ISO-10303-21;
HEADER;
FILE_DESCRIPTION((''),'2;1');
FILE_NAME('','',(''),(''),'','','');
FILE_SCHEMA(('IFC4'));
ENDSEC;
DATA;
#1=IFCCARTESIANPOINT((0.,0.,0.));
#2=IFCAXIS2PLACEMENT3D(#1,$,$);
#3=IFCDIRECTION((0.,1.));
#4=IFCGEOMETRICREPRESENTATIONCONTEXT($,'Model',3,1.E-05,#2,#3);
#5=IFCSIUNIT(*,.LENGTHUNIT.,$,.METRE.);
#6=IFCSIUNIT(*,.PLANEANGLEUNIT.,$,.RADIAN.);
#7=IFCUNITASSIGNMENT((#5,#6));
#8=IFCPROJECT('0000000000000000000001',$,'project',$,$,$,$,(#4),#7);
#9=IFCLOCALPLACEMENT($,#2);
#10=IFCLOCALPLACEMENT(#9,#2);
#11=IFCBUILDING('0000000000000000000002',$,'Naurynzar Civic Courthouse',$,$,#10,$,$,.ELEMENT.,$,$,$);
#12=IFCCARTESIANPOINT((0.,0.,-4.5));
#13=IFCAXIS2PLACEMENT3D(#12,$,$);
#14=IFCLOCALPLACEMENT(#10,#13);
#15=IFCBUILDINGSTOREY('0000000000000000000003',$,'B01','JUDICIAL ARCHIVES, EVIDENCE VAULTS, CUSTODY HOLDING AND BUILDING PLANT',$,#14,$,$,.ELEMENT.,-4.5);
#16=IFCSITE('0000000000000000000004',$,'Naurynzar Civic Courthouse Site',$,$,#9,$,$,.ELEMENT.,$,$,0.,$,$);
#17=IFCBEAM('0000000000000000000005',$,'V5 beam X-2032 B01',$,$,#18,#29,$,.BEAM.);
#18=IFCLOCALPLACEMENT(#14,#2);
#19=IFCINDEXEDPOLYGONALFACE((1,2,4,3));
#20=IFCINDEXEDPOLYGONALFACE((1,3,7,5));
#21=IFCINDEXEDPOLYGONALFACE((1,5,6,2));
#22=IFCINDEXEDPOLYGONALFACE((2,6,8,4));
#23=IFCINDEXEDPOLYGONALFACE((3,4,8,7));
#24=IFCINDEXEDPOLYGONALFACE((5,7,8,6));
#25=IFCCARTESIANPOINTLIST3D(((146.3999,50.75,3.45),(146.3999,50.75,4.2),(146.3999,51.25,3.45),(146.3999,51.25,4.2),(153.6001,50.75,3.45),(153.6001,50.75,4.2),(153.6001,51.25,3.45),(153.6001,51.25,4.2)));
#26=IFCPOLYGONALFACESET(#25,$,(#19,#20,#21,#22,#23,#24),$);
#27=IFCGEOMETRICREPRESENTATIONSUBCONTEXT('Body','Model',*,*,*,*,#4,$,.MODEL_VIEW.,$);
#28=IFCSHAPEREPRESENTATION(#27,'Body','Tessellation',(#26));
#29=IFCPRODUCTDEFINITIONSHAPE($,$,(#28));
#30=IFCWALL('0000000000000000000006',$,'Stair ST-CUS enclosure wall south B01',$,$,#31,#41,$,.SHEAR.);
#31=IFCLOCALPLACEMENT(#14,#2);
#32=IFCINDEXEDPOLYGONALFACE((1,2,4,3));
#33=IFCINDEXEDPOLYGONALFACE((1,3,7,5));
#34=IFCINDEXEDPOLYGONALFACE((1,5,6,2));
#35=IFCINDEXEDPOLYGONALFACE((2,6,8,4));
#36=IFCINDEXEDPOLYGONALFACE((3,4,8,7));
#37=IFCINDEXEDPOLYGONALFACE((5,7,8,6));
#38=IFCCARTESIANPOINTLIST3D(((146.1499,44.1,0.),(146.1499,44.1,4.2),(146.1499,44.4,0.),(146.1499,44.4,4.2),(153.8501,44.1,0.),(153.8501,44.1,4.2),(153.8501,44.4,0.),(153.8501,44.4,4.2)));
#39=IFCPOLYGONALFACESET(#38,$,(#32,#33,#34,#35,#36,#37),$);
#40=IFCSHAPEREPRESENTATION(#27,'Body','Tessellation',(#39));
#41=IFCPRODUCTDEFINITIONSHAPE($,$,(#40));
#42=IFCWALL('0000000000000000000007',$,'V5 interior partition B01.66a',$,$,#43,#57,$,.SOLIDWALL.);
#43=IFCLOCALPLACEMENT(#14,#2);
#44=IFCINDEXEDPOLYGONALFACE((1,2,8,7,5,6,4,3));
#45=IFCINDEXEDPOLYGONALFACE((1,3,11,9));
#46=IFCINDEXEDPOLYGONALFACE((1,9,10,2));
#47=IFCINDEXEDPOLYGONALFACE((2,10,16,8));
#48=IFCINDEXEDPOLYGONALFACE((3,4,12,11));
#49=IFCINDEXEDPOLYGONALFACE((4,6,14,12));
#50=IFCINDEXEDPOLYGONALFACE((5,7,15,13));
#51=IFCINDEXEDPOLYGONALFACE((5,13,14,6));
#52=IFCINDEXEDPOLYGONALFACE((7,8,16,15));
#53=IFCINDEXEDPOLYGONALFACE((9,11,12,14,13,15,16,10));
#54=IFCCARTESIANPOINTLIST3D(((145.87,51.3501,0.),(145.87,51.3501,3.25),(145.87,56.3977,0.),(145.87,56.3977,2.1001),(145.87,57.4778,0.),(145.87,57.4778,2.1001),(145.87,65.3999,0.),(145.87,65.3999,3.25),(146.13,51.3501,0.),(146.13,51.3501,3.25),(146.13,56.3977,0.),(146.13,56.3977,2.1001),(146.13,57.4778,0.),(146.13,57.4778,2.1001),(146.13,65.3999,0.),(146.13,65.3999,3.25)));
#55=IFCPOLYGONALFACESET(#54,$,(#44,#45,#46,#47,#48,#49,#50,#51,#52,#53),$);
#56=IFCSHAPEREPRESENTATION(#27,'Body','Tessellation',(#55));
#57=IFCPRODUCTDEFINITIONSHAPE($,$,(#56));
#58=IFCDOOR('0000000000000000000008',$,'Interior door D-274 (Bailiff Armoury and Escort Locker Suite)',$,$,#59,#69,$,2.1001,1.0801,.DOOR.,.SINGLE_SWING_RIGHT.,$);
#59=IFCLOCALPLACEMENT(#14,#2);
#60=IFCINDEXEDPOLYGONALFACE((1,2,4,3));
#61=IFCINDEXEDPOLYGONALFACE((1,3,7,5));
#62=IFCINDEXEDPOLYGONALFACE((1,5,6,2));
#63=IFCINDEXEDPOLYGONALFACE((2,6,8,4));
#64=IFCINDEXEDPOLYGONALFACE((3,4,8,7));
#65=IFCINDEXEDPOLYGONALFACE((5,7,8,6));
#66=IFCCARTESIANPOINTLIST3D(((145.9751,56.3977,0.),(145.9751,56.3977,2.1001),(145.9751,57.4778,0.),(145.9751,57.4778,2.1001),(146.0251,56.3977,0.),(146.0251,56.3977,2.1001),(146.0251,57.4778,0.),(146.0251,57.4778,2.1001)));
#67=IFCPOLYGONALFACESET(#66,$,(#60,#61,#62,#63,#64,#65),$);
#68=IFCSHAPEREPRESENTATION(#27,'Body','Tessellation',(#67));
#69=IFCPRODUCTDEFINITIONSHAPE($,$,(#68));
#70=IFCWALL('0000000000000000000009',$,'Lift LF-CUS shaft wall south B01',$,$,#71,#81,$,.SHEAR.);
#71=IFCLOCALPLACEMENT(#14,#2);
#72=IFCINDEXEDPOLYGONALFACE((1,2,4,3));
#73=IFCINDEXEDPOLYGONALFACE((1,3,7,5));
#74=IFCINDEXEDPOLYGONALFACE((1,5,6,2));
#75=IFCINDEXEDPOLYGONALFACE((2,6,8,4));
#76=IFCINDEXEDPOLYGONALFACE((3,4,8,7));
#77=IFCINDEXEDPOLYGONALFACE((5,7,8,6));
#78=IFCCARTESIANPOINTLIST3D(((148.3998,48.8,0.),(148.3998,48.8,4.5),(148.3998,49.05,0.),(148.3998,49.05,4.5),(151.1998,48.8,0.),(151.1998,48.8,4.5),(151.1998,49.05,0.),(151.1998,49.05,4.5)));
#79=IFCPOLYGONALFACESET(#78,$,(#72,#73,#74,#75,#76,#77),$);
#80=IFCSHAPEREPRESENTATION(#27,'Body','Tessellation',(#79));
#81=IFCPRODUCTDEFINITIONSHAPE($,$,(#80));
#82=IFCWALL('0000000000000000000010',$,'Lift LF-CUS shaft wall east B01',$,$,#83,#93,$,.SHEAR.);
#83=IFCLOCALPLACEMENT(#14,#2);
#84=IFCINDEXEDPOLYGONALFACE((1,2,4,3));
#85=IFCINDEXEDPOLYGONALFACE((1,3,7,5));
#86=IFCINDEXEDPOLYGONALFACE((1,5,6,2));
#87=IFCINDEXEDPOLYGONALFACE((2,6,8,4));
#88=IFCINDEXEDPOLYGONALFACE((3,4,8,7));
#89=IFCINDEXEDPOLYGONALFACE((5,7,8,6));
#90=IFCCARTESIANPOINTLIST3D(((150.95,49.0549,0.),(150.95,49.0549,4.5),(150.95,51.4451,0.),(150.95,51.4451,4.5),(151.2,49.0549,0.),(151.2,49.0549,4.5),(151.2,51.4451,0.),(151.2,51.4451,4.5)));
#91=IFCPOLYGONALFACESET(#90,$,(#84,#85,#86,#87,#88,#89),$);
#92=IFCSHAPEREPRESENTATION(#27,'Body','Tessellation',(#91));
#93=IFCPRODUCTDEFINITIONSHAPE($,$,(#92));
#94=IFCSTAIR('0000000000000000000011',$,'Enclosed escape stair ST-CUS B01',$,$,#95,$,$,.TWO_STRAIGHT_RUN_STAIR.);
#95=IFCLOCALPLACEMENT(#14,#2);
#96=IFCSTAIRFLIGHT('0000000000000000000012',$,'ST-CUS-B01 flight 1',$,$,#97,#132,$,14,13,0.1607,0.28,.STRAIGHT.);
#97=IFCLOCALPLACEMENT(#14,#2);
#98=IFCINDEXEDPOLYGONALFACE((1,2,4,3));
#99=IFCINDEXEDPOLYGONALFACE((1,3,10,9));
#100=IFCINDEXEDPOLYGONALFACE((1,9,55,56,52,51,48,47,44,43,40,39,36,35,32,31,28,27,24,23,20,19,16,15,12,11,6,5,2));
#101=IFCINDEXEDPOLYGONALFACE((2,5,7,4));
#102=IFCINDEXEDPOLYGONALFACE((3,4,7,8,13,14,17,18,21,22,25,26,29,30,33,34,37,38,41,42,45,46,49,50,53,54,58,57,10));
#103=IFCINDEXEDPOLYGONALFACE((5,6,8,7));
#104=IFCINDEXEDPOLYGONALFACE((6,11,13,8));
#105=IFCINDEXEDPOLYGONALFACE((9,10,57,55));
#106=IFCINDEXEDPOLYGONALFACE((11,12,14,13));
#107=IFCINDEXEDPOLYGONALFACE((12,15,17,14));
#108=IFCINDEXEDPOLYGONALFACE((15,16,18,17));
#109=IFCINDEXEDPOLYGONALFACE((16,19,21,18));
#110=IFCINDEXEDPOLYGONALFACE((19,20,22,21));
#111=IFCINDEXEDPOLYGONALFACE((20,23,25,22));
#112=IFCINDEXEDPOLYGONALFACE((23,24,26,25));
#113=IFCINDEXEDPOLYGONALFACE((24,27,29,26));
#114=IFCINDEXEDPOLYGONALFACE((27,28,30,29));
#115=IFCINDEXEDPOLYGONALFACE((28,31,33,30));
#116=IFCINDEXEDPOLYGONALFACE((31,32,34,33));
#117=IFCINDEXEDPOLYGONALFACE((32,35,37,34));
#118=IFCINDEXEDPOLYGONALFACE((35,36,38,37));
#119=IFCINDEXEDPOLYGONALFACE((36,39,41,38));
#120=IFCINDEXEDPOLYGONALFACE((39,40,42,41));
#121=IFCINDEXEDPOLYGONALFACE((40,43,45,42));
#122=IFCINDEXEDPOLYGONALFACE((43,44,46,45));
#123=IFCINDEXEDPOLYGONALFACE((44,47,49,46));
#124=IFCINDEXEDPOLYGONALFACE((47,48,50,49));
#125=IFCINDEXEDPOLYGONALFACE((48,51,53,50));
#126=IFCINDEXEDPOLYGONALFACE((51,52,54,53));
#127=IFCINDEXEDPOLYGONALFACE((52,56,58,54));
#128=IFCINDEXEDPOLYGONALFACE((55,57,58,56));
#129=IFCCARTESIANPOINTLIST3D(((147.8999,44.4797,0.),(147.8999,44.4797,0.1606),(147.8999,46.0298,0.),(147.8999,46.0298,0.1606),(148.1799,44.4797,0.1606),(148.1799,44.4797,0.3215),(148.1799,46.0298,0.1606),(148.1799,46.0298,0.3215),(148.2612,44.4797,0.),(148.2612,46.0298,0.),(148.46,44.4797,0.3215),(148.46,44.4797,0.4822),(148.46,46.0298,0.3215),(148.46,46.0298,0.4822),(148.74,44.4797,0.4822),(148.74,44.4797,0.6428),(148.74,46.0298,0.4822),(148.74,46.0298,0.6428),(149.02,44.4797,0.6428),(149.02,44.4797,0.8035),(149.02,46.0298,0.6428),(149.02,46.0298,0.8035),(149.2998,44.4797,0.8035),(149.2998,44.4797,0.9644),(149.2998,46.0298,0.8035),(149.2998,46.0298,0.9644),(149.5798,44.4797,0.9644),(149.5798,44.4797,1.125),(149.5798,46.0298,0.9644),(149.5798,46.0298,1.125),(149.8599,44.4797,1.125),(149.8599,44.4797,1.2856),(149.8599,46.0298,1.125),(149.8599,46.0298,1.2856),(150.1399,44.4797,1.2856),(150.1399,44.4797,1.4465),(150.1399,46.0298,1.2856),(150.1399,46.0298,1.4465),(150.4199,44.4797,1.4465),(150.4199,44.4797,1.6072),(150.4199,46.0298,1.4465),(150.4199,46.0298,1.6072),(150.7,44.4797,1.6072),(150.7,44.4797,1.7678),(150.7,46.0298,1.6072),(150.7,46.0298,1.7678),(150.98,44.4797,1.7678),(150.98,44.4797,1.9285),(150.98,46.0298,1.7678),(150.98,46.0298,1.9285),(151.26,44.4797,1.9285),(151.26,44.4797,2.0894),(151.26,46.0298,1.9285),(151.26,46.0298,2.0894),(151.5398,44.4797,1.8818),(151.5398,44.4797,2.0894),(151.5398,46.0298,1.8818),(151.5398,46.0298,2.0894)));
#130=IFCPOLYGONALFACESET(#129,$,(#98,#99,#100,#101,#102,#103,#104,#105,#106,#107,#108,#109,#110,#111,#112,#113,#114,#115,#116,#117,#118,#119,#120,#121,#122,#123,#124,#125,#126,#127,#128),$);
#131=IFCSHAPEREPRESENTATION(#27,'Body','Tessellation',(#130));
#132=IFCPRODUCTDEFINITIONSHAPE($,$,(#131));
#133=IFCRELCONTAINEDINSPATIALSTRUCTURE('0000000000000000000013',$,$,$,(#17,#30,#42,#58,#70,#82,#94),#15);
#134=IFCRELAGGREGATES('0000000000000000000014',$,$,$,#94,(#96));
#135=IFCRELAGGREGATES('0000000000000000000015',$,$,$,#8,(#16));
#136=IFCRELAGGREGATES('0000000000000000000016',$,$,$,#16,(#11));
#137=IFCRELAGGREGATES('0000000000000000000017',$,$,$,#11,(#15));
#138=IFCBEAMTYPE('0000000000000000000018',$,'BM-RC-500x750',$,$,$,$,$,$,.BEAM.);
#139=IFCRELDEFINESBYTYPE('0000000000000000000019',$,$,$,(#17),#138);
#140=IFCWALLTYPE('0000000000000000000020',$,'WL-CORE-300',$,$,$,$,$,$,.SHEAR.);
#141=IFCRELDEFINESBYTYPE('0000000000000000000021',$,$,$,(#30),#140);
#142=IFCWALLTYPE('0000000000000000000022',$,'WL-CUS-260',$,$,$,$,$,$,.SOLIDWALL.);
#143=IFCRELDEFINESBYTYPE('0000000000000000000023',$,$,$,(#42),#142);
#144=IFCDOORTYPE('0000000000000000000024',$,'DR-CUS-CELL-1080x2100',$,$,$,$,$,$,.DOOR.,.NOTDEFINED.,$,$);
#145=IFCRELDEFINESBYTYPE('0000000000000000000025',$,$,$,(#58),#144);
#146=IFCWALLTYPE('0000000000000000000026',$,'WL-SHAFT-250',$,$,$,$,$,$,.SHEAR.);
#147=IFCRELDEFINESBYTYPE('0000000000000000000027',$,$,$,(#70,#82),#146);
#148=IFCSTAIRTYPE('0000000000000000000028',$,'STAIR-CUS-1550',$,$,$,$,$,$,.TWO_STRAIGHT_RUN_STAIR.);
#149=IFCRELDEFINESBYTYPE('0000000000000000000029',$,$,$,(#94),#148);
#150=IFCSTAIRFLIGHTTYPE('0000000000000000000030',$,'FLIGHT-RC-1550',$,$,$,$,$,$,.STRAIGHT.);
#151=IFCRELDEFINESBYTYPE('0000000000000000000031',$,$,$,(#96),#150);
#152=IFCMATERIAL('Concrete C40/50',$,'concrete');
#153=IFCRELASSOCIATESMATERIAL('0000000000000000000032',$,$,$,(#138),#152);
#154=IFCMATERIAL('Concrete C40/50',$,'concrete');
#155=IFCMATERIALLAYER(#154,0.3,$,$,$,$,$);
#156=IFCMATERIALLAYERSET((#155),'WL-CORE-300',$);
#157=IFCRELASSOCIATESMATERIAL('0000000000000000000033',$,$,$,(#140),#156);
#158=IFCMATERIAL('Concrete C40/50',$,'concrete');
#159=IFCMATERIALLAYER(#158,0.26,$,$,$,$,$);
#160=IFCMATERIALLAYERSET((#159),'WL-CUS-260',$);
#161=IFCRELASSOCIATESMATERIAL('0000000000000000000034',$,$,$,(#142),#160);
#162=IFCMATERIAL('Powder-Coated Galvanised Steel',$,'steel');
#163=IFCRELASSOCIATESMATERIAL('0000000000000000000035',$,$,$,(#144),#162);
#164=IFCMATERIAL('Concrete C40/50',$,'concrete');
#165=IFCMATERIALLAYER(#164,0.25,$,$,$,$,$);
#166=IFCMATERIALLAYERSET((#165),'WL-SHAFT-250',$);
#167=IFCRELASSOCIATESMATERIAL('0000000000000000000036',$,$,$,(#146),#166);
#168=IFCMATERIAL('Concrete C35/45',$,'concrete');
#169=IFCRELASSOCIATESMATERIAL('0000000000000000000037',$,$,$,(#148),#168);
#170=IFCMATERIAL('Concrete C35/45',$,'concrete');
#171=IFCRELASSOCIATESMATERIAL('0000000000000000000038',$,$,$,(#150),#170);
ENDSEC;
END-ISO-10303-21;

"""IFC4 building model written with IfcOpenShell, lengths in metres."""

from ifc_helpers import new_model, si_unit, direction, frame, frame_2d, origin, origin_2d, place, context, subcontext, project, spatial, polyline, rectangle, outline, extrude, material, layer, layer_set, material_profile, profile_set, type_object, element, fill, aggregate, save


model = new_model("IFC4")

# Units and contexts
model_context = context("Model", 3, precision=1e-05, world=origin(), true_north=direction((0.0, 1.0)))
body_context = subcontext(model_context, "Body", "Model", "MODEL_VIEW")
ifc_project = project(units=[si_unit("LENGTHUNIT", "METRE"), si_unit("PLANEANGLEUNIT", "RADIAN")], contexts=[model_context])

# Site, building, storey
site_placement = place(None, origin())
site = spatial("IfcSite", under=ifc_project, at=site_placement, Name="Naurynzar Civic Courthouse Site", CompositionType="ELEMENT", RefElevation=0.0)
building_placement = place(site_placement, origin())
building = spatial("IfcBuilding", under=site, at=building_placement, Name="Naurynzar Civic Courthouse", CompositionType="ELEMENT")
storey_placement = place(building_placement, frame((0.0, 0.0, -4.5)))
storey = spatial("IfcBuildingStorey", under=building, at=storey_placement, Name="B01", Description="JUDICIAL ARCHIVES, EVIDENCE VAULTS, CUSTODY HOLDING AND BUILDING PLANT", CompositionType="ELEMENT", Elevation=-4.5)

# Beam
ifc_material_1 = material(Name="Concrete C40/50", Category="concrete")
ifc_material_profile_1 = material_profile(ifc_material_1, rectangle(XDim=0.5, YDim=0.75, at=origin_2d()), Name="RCB 500x750")
ifc_profile_set_1 = profile_set([ifc_material_profile_1], Name="Concrete C40/50")
beam_type_1 = type_object("IfcBeamType", Name="BM-RC-500x750", PredefinedType="BEAM", material=ifc_profile_set_1)
for number, where, z_axis, x_axis, name in (
    (1, (146.3999, 51.0, 3.825), (1.0, 0.0, 0.0), (0.0, 1.0, 0.0), "V5 beam X-2032 B01"),
):
    element("IfcBeam", number, at=place(storey_placement, frame(where, z_axis=z_axis, x_axis=x_axis)), inside=storey, type_object=beam_type_1, Name=name, PredefinedType="BEAM", context=body_context, shape_type="SweptSolid", body=[
        extrude(rectangle(XDim=0.5, YDim=0.75, at=origin_2d()), origin(), (0.0, 0.0, 1.0), 7.2002),
    ])

# Wall
ifc_material_2 = material(Name="Concrete C40/50", Category="concrete")
ifc_layer_1 = layer(ifc_material_2, 0.3)
ifc_layer_set_1 = layer_set([ifc_layer_1], Name="WL-CORE-300")
wall_type_1 = type_object("IfcWallType", Name="WL-CORE-300", PredefinedType="SHEAR", material=ifc_layer_set_1)
wall_1_placement = place(storey_placement, frame((146.1499, 44.25, 0.0), z_axis=(0.0, 0.0, 1.0), x_axis=(1.0, 0.0, 0.0)))
element("IfcWall", 2, at=wall_1_placement, inside=storey, type_object=wall_type_1, Name="Stair ST-CUS enclosure wall south B01", PredefinedType="SHEAR", context=body_context, shape_type="SweptSolid", body=[
    extrude(rectangle(XDim=7.7002, YDim=0.3, at=frame_2d((3.8501, 0.0))), origin(), (0.0, 0.0, 1.0), 4.2),
])

# Wall, opening, door
ifc_material_3 = material(Name="Concrete C40/50", Category="concrete")
ifc_layer_2 = layer(ifc_material_3, 0.26)
ifc_layer_set_2 = layer_set([ifc_layer_2], Name="WL-CUS-260")
wall_type_2 = type_object("IfcWallType", Name="WL-CUS-260", PredefinedType="SOLIDWALL", material=ifc_layer_set_2)
wall_2_placement = place(storey_placement, frame((146.0, 51.3501, 0.0), z_axis=(0.0, 0.0, 1.0), x_axis=(0.0, 1.0, 0.0)))
wall_2 = element("IfcWall", 3, at=wall_2_placement, inside=storey, type_object=wall_type_2, Name="V5 interior partition B01.66a", PredefinedType="SOLIDWALL", context=body_context, shape_type="SweptSolid", body=[
    extrude(rectangle(XDim=14.0498, YDim=0.26, at=frame_2d((7.0249, 0.0))), origin(), (0.0, 0.0, 1.0), 3.25),
])
opening_1_placement = place(wall_2_placement, frame((5.0476, 0.0, 0.0)))
opening_1 = element("IfcOpeningElement", 4, at=opening_1_placement, cuts=wall_2, PredefinedType="OPENING", context=body_context, shape_type="SweptSolid", body=[
    extrude(rectangle(XDim=1.0801, YDim=2.1001, at=frame_2d((0.54, 1.05))), frame((0.0, 0.1399, 0.0), z_axis=(0.0, -1.0, 0.0), x_axis=(1.0, 0.0, 0.0)), (0.0, 0.0, 1.0), 0.28),
])
ifc_material_4 = material(Name="Powder-Coated Galvanised Steel", Category="steel")
door_type_1 = type_object("IfcDoorType", Name="DR-CUS-CELL-1080x2100", OperationType="NOTDEFINED", PredefinedType="DOOR", material=ifc_material_4)
door_1_placement = place(opening_1_placement, origin())
door_1 = element("IfcDoor", 5, at=door_1_placement, inside=storey, type_object=door_type_1, Name="Interior door D-274 (Bailiff Armoury and Escort Locker Suite)", OperationType="SINGLE_SWING_RIGHT", OverallHeight=2.1001, OverallWidth=1.0801, PredefinedType="DOOR", context=body_context, shape_type="SweptSolid", body=[
    extrude(rectangle(XDim=1.0801, YDim=2.1001, at=frame_2d((0.54, 1.05))), frame((0.0, 0.0249, 0.0), z_axis=(0.0, -1.0, 0.0), x_axis=(1.0, 0.0, 0.0)), (0.0, 0.0, 1.0), 0.05),
])
fill(opening_1, door_1)

# Wall
ifc_material_5 = material(Name="Concrete C40/50", Category="concrete")
ifc_layer_3 = layer(ifc_material_5, 0.25)
ifc_layer_set_3 = layer_set([ifc_layer_3], Name="WL-SHAFT-250")
wall_type_3 = type_object("IfcWallType", Name="WL-SHAFT-250", PredefinedType="SHEAR", material=ifc_layer_set_3)
wall_3_placement = place(storey_placement, frame((148.3999, 48.925, 0.0), z_axis=(0.0, 0.0, 1.0), x_axis=(1.0, 0.0, 0.0)))
element("IfcWall", 6, at=wall_3_placement, inside=storey, type_object=wall_type_3, Name="Lift LF-CUS shaft wall south B01", PredefinedType="SHEAR", context=body_context, shape_type="SweptSolid", body=[
    extrude(rectangle(XDim=2.8, YDim=0.25, at=frame_2d((1.3999, 0.0))), origin(), (0.0, 0.0, 1.0), 4.5),
])

# Wall
wall_4_placement = place(storey_placement, frame((151.075, 49.0549, 0.0), z_axis=(0.0, 0.0, 1.0), x_axis=(0.0, 1.0, 0.0)))
element("IfcWall", 7, at=wall_4_placement, inside=storey, type_object=wall_type_3, Name="Lift LF-CUS shaft wall east B01", PredefinedType="SHEAR", context=body_context, shape_type="SweptSolid", body=[
    extrude(rectangle(XDim=2.3901, YDim=0.25, at=frame_2d((1.1951, 0.0))), origin(), (0.0, 0.0, 1.0), 4.5),
])

# Stair, stair flight
ifc_material_6 = material(Name="Concrete C35/45", Category="concrete")
stair_type = type_object("IfcStairType", Name="STAIR-CUS-1550", PredefinedType="TWO_STRAIGHT_RUN_STAIR", material=ifc_material_6)
stair_placement = place(storey_placement, origin())
stair = element("IfcStair", 8, at=stair_placement, inside=storey, type_object=stair_type, Name="Enclosed escape stair ST-CUS B01", PredefinedType="TWO_STRAIGHT_RUN_STAIR")
ifc_material_7 = material(Name="Concrete C35/45", Category="concrete")
stair_flight_type = type_object("IfcStairFlightType", Name="FLIGHT-RC-1550", PredefinedType="STRAIGHT", material=ifc_material_7)
stair_flight_placement = place(storey_placement, frame((147.8999, 45.2549, 0.0), z_axis=(0.0, 0.0, 1.0), x_axis=(1.0, 0.0, 0.0)))
stair_flight = element("IfcStairFlight", 9, at=stair_flight_placement, type_object=stair_flight_type, Name="ST-CUS-B01 flight 1", NumberOfRisers=14, NumberOfTreads=13, PredefinedType="STRAIGHT", RiserHeight=0.1607, TreadLength=0.28, context=body_context, shape_type="SweptSolid", body=[
    extrude(outline(polyline([(0.0, 0.0), (0.0, 0.1606), (0.28, 0.1606), (0.28, 0.3215), (0.5601, 0.3215), (0.5601, 0.4822), (0.8401, 0.4822), (0.8401, 0.6428), (1.1201, 0.6428), (1.1201, 0.8035), (1.3999, 0.8035), (1.3999, 0.9644), (1.6799, 0.9644), (1.6799, 1.125), (1.96, 1.125), (1.96, 1.2856), (2.24, 1.2856), (2.24, 1.4465), (2.52, 1.4465), (2.52, 1.6072), (2.8, 1.6072), (2.8, 1.7678), (3.0801, 1.7678), (3.0801, 1.9285), (3.3601, 1.9285), (3.3601, 2.0894), (3.6399, 2.0894), (3.6399, 2.25), (3.6399, 1.8818), (0.3613, 0.0), (0.0, 0.0)])), frame((0.0, 0.7749, 0.0), z_axis=(0.0, -1.0, 0.0), x_axis=(1.0, 0.0, 0.0)), (0.0, 0.0, 1.0), 1.55),
])
aggregate(stair, [stair_flight])

save(model, "model.ifc")
